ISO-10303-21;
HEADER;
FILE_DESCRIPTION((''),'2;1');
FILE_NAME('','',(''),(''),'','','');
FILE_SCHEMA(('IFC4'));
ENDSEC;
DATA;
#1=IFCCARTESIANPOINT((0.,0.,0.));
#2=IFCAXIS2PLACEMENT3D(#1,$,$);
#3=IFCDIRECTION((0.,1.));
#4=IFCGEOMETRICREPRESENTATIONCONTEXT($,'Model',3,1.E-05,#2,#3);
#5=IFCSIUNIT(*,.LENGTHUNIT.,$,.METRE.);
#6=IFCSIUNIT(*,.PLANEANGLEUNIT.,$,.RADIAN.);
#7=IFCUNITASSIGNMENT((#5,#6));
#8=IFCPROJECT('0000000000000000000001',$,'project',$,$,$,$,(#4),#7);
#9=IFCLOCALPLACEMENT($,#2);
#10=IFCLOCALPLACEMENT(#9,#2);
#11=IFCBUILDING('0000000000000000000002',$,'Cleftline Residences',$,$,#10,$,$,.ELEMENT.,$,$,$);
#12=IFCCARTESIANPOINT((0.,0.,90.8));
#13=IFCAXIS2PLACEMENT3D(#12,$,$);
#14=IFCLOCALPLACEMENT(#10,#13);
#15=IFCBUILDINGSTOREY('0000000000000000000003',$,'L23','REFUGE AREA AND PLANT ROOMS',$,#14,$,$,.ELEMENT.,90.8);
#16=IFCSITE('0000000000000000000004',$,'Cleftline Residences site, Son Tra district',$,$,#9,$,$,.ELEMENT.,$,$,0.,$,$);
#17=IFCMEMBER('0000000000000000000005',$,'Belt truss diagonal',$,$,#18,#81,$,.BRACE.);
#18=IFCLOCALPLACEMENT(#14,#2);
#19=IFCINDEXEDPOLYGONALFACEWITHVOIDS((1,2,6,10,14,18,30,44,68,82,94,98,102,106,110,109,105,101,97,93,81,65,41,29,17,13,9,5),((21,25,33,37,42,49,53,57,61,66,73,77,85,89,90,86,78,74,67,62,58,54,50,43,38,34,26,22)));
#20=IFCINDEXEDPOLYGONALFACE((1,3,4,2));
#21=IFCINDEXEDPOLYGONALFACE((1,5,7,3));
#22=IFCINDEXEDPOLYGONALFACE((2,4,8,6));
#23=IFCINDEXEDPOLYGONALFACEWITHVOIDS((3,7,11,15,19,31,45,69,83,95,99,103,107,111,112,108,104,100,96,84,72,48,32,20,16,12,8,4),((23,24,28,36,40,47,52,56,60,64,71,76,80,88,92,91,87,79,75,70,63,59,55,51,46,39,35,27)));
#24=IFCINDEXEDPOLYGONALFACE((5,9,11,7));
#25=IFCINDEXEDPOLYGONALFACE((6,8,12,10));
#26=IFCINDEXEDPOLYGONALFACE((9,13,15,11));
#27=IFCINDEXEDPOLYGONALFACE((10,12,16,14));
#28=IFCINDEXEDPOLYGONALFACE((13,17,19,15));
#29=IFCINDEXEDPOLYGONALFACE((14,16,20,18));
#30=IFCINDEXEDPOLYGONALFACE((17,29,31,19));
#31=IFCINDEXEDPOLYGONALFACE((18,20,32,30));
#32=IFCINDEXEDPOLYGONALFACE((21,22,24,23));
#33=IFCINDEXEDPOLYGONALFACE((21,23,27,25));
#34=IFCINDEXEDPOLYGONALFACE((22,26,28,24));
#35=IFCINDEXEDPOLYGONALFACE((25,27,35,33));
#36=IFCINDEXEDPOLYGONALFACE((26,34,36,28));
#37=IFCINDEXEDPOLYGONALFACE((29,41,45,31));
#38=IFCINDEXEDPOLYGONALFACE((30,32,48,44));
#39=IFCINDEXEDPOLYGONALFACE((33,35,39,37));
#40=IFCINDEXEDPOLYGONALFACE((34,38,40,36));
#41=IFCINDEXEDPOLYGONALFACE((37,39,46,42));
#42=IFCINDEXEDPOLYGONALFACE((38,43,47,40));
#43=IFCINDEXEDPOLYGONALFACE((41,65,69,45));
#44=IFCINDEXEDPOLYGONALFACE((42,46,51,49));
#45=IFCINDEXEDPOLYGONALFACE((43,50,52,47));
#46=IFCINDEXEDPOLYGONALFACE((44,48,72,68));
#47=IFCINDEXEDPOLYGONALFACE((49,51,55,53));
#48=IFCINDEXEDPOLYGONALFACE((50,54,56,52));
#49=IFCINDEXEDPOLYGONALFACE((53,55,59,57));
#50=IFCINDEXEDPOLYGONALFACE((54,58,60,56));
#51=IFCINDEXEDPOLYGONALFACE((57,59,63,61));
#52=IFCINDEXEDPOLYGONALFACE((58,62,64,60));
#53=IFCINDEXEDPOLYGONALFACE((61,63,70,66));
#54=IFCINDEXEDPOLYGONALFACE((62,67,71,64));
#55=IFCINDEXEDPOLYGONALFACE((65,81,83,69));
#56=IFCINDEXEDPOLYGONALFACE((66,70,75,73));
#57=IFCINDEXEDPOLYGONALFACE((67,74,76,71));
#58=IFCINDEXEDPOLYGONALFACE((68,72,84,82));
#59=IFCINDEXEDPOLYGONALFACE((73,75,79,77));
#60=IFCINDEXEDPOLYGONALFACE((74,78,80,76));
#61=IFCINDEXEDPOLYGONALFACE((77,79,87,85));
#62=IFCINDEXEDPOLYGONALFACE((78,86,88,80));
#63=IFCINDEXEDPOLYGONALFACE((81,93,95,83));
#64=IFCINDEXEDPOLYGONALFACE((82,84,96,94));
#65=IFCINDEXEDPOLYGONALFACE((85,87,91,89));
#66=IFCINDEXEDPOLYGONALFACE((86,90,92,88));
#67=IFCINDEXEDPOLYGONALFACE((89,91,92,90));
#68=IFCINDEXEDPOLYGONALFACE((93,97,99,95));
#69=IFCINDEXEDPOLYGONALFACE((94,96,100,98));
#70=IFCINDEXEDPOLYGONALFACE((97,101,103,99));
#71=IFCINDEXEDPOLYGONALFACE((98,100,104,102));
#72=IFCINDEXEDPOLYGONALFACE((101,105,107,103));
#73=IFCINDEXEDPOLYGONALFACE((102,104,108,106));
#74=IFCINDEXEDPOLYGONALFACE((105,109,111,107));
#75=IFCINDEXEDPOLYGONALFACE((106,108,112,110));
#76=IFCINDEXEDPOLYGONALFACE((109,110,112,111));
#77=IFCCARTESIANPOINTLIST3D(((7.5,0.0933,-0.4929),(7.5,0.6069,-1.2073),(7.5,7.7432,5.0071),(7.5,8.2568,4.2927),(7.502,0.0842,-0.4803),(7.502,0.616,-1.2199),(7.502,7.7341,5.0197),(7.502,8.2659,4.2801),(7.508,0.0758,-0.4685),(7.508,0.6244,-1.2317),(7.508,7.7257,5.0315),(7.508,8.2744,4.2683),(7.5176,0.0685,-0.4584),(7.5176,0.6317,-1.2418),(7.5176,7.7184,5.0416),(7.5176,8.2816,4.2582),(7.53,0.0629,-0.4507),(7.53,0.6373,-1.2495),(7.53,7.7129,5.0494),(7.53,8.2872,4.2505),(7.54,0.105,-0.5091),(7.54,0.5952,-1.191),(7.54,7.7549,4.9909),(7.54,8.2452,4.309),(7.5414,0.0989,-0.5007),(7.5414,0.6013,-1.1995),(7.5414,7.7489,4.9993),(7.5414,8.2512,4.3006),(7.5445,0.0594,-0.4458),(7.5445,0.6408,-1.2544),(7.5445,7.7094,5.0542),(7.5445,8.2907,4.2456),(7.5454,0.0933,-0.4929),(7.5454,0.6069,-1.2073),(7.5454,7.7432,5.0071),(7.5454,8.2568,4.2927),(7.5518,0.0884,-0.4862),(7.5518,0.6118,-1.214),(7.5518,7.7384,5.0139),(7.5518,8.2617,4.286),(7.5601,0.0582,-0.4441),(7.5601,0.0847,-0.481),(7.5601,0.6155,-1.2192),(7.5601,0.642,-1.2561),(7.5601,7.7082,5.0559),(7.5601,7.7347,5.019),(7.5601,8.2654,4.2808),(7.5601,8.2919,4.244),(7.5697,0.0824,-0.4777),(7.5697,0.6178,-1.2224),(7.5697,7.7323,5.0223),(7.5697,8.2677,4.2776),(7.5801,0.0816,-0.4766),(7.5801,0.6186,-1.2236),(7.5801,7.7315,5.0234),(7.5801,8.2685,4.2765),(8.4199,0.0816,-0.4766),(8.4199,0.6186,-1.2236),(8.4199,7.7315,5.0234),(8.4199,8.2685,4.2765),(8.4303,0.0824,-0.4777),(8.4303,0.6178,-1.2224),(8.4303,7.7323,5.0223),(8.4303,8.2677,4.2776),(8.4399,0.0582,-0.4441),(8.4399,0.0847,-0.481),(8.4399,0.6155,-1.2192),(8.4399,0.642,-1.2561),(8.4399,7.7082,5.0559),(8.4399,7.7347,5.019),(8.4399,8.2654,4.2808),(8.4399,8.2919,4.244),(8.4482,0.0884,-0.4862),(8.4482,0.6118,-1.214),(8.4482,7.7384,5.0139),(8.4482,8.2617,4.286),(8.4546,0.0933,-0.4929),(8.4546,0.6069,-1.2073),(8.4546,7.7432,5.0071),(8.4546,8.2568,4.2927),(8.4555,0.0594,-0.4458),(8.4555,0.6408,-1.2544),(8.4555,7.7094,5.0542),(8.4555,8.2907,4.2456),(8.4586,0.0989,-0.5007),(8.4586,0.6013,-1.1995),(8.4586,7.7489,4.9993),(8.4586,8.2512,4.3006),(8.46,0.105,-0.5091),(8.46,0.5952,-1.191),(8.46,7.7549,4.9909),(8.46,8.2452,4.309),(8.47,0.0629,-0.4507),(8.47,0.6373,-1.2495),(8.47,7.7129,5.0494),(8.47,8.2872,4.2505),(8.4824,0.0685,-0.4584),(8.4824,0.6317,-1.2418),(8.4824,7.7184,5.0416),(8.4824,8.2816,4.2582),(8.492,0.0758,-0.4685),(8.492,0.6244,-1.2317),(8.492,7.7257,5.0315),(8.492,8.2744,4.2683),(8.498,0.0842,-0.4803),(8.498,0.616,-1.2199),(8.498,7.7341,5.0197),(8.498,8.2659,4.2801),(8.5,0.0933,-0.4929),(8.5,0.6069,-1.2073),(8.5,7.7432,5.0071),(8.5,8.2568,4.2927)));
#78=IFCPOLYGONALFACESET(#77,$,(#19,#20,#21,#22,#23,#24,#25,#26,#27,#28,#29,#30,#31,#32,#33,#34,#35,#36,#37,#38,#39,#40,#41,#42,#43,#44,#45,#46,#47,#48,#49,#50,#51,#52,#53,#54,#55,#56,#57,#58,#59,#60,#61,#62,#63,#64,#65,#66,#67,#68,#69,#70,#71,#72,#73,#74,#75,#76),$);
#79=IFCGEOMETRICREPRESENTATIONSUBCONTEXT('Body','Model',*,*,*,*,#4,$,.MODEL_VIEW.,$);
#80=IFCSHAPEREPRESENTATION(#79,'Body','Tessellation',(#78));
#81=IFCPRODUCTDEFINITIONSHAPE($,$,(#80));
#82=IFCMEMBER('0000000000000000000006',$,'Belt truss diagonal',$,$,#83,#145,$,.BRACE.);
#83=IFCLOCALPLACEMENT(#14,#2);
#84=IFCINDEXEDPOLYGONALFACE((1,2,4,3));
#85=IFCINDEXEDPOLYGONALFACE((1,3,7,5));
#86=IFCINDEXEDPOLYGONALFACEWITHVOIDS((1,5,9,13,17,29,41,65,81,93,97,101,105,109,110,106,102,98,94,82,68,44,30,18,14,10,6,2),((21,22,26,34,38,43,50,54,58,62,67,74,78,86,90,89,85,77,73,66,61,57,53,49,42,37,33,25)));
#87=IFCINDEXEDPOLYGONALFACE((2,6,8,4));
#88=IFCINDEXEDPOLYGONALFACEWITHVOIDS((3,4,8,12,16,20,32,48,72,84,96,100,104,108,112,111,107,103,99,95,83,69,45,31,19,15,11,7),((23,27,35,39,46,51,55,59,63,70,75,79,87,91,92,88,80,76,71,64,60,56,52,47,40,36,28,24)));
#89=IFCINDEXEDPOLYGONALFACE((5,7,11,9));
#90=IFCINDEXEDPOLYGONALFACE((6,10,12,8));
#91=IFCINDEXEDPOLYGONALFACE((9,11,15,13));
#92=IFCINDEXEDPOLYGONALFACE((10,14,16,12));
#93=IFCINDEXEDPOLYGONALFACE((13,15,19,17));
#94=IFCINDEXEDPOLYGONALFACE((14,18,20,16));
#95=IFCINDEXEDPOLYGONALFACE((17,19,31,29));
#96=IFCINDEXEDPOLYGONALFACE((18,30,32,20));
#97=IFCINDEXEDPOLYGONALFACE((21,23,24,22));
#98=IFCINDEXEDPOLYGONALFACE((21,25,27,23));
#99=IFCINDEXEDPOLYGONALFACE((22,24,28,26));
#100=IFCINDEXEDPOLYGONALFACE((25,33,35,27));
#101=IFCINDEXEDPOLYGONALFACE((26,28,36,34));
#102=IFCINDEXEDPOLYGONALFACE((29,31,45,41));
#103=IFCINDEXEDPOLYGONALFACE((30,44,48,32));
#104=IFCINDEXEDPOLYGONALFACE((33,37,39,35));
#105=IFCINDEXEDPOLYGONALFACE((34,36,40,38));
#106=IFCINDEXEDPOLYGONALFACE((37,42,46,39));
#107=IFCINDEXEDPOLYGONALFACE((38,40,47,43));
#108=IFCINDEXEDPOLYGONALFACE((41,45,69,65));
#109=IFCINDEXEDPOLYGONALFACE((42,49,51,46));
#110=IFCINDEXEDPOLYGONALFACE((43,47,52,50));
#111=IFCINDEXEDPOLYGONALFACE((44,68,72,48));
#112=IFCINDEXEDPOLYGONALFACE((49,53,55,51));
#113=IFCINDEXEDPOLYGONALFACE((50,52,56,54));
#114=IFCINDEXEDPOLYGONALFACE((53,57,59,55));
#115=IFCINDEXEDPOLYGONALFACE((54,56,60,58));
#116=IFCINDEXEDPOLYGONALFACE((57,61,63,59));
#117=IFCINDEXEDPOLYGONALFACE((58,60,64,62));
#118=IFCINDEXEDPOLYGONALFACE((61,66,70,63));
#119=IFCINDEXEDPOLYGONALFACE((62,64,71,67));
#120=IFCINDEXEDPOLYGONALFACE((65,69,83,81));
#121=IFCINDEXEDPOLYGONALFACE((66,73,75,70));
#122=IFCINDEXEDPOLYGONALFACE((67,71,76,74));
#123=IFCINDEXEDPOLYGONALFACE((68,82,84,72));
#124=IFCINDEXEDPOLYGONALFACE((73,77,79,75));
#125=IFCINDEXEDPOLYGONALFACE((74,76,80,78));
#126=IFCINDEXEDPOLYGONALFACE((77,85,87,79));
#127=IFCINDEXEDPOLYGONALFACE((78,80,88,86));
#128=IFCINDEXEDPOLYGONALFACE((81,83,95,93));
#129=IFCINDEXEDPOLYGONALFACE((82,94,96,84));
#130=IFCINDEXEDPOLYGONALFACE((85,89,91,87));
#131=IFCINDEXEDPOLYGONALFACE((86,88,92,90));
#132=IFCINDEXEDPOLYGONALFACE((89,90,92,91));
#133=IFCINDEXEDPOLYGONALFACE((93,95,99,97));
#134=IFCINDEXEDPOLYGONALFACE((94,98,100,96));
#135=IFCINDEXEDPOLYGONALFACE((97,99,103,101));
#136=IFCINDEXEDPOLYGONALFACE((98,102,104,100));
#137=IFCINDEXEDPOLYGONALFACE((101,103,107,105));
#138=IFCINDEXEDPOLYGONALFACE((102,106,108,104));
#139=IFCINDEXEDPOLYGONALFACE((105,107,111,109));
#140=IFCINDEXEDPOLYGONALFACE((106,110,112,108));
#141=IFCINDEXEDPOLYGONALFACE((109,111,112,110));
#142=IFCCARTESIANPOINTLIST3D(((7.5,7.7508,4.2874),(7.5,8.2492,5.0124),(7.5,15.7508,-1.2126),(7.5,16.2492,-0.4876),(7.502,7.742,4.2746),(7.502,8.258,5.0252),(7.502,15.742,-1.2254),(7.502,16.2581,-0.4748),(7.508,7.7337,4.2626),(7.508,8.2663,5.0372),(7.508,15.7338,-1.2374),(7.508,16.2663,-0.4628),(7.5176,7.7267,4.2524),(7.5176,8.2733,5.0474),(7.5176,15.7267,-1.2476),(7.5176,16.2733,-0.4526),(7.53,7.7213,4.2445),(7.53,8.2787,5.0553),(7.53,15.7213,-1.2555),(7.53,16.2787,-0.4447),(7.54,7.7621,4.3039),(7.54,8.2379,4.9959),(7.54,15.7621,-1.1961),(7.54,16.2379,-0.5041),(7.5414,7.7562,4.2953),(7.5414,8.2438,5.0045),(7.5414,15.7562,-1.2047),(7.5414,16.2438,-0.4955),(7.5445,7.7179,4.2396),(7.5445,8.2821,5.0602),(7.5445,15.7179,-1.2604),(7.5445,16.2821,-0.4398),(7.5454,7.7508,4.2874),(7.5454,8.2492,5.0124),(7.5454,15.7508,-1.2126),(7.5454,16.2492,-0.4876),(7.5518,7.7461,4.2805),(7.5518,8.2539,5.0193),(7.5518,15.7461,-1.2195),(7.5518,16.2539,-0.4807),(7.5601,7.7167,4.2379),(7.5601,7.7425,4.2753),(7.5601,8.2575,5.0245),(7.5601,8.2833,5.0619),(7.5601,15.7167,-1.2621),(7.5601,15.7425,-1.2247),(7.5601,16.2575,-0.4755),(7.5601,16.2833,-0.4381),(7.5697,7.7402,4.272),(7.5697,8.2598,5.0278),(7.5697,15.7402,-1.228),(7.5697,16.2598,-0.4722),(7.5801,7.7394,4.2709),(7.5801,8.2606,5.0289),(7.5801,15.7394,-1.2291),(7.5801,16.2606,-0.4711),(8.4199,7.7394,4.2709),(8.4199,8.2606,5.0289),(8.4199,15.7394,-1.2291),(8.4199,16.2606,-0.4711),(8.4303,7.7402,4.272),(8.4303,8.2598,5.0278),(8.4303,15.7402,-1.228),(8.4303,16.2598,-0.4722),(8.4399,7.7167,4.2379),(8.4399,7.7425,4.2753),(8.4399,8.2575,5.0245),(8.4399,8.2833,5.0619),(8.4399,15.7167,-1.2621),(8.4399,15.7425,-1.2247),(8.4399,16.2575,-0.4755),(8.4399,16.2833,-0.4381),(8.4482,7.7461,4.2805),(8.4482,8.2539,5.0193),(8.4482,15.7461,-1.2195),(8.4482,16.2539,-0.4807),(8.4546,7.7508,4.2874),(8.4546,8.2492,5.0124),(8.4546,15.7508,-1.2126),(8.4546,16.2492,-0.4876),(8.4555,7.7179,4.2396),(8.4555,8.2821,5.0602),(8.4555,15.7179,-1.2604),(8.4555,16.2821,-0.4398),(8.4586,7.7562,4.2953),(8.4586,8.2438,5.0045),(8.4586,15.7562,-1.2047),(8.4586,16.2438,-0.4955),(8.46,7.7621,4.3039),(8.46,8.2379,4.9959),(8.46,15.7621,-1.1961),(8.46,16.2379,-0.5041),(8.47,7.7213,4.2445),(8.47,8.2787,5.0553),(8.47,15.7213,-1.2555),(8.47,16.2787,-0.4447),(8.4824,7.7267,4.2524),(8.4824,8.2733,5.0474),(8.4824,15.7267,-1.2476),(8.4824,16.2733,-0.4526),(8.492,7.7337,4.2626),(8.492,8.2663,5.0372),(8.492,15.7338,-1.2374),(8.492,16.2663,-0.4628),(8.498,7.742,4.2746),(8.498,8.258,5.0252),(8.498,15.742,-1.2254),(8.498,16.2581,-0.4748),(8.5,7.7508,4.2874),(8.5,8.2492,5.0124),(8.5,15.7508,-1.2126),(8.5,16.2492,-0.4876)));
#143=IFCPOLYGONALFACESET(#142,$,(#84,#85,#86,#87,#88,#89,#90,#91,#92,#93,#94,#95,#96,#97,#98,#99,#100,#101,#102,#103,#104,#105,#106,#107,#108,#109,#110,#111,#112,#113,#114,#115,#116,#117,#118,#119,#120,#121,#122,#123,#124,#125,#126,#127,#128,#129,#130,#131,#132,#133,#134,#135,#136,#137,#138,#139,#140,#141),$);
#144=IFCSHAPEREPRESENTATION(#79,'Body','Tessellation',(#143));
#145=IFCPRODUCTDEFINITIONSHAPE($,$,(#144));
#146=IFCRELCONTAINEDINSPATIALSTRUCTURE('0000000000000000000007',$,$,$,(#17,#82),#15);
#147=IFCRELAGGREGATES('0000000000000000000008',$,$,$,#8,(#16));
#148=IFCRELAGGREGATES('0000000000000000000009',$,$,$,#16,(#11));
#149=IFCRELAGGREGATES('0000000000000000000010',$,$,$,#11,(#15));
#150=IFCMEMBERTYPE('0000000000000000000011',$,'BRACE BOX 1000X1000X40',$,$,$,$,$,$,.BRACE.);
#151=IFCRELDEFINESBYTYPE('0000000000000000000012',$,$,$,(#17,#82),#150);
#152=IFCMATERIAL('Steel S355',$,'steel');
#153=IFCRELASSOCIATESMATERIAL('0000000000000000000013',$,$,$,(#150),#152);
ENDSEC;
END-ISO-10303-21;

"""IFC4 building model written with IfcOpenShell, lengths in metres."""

from ifc_helpers import new_model, si_unit, direction, frame, origin, origin_2d, place, context, subcontext, project, spatial, hollow_rectangle, extrude, material, material_profile, profile_set, type_object, element, save


model = new_model("IFC4")

# Units and contexts
model_context = context("Model", 3, precision=1e-05, world=origin(), true_north=direction((0.0, 1.0)))
body_context = subcontext(model_context, "Body", "Model", "MODEL_VIEW")
ifc_project = project(units=[si_unit("LENGTHUNIT", "METRE"), si_unit("PLANEANGLEUNIT", "RADIAN")], contexts=[model_context])

# Site, building, storey
site_placement = place(None, origin())
site = spatial("IfcSite", under=ifc_project, at=site_placement, Name="Cleftline Residences site, Son Tra district", CompositionType="ELEMENT", RefElevation=0.0)
building_placement = place(site_placement, origin())
building = spatial("IfcBuilding", under=site, at=building_placement, Name="Cleftline Residences", CompositionType="ELEMENT")
storey_placement = place(building_placement, frame((0.0, 0.0, 90.8)))
storey = spatial("IfcBuildingStorey", under=building, at=storey_placement, Name="L23", Description="REFUGE AREA AND PLANT ROOMS", CompositionType="ELEMENT", Elevation=90.8)

# Members
ifc_material_1 = material(Name="Steel S355", Category="steel")
ifc_material_profile_1 = material_profile(ifc_material_1, hollow_rectangle(XDim=1.0, YDim=1.0, WallThickness=0.04, InnerFilletRadius=0.04, OuterFilletRadius=0.0601, at=origin_2d()))
ifc_profile_set_1 = profile_set([ifc_material_profile_1], Name="Steel S355")
member_type_1 = type_object("IfcMemberType", Name="BRACE BOX 1000X1000X40", PredefinedType="BRACE", material=ifc_profile_set_1)
member_1_placement = place(storey_placement, frame((8.0, 0.3501, -0.8501), z_axis=(0.0, 0.811933, 0.58375), x_axis=(0.0, -0.58375, 0.811933)))
element("IfcMember", 1, at=member_1_placement, inside=storey, type_object=member_type_1, Name="Belt truss diagonal", PredefinedType="BRACE", context=body_context, shape_type="SweptSolid", body=[
    extrude(hollow_rectangle(XDim=1.0, YDim=1.0, WallThickness=0.04, InnerFilletRadius=0.04, OuterFilletRadius=0.0601, at=origin_2d()), origin(), (0.0, 0.0, 1.0), 9.4219),
])
for number, where, z_axis, x_axis, name in (
    (2, (8.0, 8.0, 4.6499), (0.0, 0.824042, -0.566529), (0.0, 0.566529, 0.824042), "Belt truss diagonal"),
):
    element("IfcMember", number, at=place(storey_placement, frame(where, z_axis=z_axis, x_axis=x_axis)), inside=storey, type_object=member_type_1, Name=name, PredefinedType="BRACE", context=body_context, shape_type="SweptSolid", body=[
        extrude(hollow_rectangle(XDim=1.0, YDim=1.0, WallThickness=0.04, InnerFilletRadius=0.04, OuterFilletRadius=0.0601, at=origin_2d()), origin(), (0.0, 0.0, 1.0), 9.7083),
    ])

save(model, "model.ifc")
